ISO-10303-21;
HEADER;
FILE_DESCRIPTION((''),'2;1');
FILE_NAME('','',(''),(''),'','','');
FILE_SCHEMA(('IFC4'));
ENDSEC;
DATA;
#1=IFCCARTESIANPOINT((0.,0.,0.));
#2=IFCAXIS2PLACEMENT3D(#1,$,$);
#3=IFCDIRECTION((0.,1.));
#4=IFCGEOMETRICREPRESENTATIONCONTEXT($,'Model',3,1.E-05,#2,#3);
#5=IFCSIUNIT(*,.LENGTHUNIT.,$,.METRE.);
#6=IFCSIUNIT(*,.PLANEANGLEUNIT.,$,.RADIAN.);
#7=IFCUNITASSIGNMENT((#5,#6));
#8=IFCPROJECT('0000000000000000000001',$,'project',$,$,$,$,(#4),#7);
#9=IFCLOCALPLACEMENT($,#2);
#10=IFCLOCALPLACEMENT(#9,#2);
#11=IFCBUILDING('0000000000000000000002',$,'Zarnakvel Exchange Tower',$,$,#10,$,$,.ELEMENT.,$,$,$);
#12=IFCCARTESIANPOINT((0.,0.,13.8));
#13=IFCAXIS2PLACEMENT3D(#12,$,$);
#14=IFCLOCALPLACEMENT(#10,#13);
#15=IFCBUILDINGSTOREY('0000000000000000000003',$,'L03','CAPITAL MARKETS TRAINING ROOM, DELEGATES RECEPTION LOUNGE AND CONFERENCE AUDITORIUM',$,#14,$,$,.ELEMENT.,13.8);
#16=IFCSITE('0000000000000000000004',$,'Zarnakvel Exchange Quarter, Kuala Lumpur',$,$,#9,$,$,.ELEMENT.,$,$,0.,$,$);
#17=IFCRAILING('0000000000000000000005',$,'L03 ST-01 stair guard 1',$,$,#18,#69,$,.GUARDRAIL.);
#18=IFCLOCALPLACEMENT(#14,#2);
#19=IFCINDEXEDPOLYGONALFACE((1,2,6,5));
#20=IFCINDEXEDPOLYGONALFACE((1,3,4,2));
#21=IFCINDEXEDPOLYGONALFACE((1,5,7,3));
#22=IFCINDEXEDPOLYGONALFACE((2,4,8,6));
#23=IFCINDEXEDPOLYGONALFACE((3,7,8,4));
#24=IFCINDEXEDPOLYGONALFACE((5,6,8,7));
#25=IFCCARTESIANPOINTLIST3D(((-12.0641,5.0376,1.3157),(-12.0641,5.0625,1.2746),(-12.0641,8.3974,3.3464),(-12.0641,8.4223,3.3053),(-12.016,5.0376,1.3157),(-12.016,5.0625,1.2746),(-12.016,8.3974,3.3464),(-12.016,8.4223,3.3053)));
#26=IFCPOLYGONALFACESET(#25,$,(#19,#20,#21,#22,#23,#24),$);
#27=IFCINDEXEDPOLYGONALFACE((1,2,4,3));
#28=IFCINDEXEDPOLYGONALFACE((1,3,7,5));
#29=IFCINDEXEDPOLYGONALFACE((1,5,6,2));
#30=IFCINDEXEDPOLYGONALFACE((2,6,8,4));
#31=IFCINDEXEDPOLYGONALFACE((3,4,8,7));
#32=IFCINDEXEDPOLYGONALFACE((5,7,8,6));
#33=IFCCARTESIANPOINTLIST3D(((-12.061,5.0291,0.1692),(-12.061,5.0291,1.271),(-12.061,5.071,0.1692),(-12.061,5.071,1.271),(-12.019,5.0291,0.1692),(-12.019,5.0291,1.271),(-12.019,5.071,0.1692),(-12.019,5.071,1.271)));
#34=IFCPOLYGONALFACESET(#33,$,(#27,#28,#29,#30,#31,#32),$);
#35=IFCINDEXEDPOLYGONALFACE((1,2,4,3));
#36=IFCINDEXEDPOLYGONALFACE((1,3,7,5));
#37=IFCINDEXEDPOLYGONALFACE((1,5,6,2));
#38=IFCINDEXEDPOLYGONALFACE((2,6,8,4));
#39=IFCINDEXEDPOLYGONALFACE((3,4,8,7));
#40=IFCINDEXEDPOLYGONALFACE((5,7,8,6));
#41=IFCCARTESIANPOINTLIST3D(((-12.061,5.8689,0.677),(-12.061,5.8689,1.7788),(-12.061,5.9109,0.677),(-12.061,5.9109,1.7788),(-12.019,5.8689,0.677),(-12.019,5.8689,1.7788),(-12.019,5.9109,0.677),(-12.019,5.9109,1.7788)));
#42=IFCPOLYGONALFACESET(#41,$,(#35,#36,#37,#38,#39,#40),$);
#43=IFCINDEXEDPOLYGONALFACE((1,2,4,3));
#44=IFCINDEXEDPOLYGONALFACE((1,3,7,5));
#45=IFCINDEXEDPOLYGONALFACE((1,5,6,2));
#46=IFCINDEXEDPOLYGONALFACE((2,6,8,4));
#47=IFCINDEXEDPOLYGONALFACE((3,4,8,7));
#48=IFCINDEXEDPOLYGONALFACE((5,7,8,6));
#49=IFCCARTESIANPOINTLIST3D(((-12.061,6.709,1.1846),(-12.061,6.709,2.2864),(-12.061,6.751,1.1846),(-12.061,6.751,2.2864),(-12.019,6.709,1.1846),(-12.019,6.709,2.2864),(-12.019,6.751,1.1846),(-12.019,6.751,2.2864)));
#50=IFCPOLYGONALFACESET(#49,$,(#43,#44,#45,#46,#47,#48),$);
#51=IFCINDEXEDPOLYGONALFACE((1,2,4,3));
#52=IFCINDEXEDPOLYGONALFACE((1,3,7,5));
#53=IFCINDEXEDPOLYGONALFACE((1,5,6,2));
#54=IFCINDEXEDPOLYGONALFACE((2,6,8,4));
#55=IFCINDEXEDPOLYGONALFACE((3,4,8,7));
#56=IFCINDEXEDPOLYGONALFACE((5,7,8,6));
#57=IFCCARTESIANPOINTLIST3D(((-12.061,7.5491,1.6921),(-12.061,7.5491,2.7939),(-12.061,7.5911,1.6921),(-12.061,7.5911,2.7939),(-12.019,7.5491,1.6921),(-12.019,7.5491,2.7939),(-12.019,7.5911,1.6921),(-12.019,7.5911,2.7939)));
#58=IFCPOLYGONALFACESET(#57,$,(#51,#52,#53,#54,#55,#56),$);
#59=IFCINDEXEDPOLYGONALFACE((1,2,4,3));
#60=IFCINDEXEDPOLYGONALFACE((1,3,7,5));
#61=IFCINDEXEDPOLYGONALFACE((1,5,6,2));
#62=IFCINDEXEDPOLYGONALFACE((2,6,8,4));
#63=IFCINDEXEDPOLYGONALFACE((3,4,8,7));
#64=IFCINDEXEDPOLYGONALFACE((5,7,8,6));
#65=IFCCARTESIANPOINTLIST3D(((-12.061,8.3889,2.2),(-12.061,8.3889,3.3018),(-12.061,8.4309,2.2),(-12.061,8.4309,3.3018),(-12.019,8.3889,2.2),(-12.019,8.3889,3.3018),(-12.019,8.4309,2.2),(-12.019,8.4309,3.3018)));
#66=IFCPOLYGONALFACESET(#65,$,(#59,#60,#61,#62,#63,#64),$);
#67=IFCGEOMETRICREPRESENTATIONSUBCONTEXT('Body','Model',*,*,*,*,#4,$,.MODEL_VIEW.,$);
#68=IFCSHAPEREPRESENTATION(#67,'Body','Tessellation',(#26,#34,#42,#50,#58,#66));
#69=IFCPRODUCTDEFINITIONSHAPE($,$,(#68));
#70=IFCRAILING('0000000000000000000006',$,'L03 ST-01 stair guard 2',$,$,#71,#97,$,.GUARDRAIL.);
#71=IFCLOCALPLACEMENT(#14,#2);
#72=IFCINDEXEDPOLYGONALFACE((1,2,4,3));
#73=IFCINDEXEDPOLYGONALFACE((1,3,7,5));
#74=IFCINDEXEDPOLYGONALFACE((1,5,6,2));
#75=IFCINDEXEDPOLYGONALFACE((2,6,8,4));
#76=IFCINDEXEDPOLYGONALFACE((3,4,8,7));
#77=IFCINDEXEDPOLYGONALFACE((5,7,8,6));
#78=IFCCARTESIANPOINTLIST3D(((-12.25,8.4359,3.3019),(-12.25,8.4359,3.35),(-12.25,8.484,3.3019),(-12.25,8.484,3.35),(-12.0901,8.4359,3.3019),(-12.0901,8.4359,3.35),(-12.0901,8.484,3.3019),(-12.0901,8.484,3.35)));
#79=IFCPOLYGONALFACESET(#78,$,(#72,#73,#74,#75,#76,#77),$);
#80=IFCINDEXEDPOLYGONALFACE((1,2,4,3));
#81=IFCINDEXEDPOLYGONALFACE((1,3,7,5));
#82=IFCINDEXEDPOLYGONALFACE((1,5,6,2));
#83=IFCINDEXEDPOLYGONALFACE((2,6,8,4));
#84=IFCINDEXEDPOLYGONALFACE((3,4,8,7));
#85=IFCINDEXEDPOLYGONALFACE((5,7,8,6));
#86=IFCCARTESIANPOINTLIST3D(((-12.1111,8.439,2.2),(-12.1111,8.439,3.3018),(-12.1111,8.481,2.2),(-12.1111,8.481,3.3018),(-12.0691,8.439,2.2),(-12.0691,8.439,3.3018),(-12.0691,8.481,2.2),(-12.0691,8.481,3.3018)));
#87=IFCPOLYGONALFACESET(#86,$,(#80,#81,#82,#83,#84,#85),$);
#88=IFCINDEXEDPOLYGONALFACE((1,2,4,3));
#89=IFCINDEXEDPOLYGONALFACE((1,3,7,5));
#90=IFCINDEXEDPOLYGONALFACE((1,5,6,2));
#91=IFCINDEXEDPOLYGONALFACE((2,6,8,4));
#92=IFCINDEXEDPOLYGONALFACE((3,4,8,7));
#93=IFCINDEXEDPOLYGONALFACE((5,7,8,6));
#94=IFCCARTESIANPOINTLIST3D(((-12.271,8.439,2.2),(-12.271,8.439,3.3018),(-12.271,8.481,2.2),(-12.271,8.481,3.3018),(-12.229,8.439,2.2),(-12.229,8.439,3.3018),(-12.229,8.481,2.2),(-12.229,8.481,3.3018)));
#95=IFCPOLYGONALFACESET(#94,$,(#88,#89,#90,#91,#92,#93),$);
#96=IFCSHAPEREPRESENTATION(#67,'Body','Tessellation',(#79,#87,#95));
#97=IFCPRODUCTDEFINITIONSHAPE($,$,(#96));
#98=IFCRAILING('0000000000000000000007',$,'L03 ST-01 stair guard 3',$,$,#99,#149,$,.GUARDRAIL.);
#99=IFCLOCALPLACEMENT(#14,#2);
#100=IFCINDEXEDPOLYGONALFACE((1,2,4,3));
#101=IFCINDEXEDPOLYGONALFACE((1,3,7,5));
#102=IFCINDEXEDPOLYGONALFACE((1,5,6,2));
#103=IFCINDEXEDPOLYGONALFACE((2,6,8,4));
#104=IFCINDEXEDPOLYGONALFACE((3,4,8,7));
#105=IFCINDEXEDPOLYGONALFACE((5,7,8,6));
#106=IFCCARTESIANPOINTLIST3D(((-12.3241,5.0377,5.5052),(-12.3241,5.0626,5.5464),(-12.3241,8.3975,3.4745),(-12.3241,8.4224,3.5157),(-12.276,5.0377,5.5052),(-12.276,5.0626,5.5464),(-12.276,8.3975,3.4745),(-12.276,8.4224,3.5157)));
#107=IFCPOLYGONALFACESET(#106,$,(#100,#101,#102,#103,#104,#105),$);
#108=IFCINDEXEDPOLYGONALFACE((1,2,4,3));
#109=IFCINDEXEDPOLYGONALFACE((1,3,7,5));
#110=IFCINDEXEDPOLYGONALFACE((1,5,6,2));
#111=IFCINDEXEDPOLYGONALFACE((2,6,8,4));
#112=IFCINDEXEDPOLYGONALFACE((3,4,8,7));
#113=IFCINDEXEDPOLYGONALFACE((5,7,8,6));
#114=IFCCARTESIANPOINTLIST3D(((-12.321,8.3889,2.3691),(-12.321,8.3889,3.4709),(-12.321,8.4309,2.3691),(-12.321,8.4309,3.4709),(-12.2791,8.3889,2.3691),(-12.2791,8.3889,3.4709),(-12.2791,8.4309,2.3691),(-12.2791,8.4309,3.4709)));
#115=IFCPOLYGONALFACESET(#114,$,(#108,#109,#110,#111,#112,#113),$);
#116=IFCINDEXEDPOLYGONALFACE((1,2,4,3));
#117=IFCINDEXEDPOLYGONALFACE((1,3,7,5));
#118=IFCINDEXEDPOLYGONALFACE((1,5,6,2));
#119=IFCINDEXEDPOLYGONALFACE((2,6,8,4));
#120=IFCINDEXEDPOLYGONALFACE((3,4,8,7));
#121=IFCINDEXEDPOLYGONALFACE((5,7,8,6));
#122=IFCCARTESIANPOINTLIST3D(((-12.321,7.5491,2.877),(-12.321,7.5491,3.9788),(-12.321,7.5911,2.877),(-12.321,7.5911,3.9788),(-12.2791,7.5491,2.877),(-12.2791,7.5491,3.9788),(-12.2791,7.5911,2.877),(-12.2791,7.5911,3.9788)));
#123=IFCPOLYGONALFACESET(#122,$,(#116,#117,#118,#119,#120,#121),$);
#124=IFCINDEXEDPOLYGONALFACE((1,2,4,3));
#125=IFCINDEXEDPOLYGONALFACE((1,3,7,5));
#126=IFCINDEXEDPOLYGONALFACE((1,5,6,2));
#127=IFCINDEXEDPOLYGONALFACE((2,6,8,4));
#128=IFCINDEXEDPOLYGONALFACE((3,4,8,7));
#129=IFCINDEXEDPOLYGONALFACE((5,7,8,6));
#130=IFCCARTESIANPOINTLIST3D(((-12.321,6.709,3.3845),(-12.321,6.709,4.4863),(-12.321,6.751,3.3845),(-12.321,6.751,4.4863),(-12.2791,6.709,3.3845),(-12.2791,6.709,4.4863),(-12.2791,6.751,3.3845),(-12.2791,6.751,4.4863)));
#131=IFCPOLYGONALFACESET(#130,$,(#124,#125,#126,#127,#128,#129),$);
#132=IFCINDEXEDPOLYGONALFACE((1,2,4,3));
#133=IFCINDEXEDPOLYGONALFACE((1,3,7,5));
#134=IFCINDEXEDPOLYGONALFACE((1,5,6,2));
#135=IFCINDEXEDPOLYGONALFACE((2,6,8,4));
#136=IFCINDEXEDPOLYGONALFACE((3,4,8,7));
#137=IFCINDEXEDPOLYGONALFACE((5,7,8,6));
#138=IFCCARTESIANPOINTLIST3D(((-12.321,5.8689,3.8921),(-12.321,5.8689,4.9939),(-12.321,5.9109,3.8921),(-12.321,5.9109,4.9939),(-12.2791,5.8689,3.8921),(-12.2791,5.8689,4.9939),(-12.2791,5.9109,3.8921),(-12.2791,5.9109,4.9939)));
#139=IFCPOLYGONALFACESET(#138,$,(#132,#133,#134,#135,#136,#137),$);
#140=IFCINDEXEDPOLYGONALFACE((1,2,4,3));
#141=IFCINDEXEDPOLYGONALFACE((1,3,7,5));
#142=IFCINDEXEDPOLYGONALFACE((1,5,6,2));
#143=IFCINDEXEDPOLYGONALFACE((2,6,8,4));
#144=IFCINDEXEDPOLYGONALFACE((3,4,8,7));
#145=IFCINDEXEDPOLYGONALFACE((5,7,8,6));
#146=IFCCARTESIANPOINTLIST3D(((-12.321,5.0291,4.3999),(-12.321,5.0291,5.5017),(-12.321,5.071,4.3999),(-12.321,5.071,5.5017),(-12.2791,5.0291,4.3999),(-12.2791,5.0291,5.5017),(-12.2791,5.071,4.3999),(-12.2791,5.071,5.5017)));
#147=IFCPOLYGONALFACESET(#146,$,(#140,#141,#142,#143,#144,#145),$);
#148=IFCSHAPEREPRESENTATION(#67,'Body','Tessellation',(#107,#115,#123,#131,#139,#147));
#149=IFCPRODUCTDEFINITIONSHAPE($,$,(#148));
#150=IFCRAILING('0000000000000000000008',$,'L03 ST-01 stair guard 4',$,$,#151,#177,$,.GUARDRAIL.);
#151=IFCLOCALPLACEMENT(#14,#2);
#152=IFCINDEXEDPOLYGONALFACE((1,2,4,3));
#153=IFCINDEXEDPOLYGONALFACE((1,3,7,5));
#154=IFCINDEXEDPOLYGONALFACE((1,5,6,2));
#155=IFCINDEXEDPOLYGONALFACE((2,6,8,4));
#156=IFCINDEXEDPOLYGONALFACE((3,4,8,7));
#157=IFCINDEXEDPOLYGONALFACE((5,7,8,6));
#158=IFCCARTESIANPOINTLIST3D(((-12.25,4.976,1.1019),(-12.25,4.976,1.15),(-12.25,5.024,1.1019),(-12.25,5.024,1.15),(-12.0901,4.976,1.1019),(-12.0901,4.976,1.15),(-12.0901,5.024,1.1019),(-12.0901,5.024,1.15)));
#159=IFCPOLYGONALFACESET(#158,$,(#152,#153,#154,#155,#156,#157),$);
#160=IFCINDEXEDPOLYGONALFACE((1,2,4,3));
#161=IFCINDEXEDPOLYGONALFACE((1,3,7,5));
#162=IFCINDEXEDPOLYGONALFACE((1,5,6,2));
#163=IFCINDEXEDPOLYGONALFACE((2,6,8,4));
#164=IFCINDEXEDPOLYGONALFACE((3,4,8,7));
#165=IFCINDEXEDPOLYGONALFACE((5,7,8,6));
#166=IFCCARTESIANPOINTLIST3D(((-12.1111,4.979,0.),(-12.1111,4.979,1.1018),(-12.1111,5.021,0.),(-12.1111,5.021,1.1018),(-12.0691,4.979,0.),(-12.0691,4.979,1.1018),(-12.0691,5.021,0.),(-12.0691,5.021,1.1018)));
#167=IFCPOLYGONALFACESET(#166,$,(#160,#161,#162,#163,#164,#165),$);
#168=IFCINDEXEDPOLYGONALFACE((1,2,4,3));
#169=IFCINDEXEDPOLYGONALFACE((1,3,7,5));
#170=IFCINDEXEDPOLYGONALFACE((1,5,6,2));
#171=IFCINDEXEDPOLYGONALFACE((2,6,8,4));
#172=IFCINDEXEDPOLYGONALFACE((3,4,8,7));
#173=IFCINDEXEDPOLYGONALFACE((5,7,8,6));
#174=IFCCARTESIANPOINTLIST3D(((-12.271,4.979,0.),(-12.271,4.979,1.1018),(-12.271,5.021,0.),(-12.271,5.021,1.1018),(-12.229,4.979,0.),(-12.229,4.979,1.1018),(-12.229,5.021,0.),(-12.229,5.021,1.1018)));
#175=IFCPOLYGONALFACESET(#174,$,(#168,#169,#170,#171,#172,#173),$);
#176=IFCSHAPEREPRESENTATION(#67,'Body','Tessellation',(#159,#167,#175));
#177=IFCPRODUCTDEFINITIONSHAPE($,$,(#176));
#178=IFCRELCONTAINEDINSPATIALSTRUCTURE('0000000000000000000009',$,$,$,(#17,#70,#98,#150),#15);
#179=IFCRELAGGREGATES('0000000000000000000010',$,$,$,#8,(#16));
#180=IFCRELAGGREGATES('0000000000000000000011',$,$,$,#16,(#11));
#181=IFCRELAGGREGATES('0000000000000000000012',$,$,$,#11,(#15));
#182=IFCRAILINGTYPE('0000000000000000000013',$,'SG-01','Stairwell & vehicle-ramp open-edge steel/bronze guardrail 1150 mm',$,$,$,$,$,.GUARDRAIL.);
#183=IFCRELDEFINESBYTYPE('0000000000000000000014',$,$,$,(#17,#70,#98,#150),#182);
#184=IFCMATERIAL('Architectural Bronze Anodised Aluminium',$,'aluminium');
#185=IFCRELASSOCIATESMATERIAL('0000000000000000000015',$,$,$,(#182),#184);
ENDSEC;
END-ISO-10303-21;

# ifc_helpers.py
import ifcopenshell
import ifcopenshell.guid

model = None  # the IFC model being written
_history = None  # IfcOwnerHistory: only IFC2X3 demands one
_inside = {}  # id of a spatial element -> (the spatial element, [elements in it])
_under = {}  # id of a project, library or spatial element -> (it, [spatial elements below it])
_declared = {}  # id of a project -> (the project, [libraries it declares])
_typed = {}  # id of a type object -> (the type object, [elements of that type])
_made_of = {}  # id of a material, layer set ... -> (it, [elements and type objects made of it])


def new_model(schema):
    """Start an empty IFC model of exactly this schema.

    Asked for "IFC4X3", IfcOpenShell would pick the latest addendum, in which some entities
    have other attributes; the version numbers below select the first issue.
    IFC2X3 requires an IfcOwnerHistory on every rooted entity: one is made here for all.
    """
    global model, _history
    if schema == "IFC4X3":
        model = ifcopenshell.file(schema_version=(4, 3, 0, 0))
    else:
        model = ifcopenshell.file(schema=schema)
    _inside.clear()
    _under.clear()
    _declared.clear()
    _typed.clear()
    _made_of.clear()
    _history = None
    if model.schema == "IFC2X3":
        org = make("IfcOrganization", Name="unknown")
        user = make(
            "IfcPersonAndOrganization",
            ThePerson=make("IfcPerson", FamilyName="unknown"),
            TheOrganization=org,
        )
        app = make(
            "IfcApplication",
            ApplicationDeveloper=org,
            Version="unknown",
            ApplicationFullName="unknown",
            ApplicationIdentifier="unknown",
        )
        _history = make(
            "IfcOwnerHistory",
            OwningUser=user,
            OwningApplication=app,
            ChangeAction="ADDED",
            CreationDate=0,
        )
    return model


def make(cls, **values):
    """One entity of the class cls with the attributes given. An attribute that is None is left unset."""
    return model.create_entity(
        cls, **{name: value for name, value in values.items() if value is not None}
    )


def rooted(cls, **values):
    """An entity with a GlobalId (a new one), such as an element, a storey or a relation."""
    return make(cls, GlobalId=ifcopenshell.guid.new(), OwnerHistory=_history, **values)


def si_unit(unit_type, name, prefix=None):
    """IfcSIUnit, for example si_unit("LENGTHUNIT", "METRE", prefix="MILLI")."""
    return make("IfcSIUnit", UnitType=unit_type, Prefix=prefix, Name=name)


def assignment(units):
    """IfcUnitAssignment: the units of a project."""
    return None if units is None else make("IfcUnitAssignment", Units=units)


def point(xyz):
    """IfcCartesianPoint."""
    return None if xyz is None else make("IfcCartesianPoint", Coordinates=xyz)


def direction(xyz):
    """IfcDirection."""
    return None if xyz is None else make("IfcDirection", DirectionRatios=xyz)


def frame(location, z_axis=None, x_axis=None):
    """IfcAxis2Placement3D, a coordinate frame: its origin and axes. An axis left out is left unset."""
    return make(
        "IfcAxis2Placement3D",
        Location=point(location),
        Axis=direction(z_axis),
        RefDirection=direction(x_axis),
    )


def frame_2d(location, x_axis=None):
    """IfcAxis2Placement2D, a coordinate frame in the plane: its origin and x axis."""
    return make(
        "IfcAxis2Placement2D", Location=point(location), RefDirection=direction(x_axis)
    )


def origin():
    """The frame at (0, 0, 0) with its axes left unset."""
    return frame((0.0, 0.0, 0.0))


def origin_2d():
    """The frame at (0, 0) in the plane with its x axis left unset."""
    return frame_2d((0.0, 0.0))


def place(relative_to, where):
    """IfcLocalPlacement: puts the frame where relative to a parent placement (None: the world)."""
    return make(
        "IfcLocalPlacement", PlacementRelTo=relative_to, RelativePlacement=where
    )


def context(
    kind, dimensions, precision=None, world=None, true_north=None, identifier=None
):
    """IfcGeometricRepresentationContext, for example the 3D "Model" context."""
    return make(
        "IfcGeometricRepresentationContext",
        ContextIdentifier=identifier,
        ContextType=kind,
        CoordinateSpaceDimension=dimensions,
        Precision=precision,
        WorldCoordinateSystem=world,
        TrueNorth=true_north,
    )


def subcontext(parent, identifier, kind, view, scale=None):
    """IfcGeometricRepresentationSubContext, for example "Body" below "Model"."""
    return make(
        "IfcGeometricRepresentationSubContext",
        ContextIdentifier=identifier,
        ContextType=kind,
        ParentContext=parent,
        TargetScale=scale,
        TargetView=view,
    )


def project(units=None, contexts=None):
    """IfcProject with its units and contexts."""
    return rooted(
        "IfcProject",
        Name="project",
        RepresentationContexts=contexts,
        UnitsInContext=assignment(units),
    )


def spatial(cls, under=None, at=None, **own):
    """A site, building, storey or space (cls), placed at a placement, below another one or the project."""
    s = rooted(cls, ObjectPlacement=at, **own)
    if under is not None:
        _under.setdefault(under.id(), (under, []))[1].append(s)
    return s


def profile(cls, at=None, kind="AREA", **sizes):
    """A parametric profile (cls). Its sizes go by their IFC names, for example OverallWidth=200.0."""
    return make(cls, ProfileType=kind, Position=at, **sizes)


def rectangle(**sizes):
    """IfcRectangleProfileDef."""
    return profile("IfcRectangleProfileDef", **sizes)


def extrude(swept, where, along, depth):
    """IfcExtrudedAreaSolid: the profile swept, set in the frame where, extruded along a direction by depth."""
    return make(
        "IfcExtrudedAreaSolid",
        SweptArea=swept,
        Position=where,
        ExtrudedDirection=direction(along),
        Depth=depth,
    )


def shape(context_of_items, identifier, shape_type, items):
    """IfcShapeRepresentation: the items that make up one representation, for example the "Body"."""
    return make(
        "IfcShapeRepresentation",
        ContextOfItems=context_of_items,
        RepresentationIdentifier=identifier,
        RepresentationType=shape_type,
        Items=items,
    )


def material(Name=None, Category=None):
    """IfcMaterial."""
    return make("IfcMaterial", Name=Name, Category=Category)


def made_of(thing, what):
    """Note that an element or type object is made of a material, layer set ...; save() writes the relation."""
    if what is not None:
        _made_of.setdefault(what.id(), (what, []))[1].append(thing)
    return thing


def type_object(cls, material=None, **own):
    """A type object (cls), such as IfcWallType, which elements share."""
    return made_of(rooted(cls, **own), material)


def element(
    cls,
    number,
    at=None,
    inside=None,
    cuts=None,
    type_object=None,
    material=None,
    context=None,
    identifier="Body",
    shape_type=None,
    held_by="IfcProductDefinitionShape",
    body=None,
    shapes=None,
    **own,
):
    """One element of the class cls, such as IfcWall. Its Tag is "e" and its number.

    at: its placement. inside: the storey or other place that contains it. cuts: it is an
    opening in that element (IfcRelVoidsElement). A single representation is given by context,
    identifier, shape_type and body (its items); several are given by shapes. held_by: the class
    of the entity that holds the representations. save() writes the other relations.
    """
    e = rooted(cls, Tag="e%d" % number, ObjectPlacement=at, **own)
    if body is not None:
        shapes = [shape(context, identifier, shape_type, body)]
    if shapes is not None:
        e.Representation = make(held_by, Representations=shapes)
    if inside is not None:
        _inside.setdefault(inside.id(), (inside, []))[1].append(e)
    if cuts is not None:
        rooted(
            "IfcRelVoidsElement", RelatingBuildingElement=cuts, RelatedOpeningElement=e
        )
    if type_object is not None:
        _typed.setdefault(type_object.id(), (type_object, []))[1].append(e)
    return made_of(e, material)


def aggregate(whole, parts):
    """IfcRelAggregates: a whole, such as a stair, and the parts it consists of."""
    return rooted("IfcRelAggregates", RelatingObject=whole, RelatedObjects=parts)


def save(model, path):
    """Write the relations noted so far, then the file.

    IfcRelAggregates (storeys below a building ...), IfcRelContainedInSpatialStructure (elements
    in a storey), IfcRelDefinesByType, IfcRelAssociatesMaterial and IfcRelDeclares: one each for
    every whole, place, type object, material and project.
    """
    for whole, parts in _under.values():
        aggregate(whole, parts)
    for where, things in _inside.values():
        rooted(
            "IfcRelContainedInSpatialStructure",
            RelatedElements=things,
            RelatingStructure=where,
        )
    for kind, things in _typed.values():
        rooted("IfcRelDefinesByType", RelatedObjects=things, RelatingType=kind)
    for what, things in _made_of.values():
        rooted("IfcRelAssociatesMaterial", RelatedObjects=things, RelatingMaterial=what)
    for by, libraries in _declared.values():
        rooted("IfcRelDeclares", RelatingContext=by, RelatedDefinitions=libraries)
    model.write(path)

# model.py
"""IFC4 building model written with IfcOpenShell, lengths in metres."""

from ifc_helpers import new_model, si_unit, direction, frame, origin, origin_2d, place, context, subcontext, project, spatial, rectangle, extrude, material, type_object, element, save


model = new_model("IFC4")

# Units and contexts
model_context = context("Model", 3, precision=1e-05, world=origin(), true_north=direction((0.0, 1.0)))
body_context = subcontext(model_context, "Body", "Model", "MODEL_VIEW")
ifc_project = project(units=[si_unit("LENGTHUNIT", "METRE"), si_unit("PLANEANGLEUNIT", "RADIAN")], contexts=[model_context])

# Site, building, storey
site_placement = place(None, origin())
site = spatial("IfcSite", under=ifc_project, at=site_placement, Name="Zarnakvel Exchange Quarter, Kuala Lumpur", CompositionType="ELEMENT", RefElevation=0.0)
building_placement = place(site_placement, origin())
building = spatial("IfcBuilding", under=site, at=building_placement, Name="Zarnakvel Exchange Tower", CompositionType="ELEMENT")
storey_placement = place(building_placement, frame((0.0, 0.0, 13.8)))
storey = spatial("IfcBuildingStorey", under=building, at=storey_placement, Name="L03", Description="CAPITAL MARKETS TRAINING ROOM, DELEGATES RECEPTION LOUNGE AND CONFERENCE AUDITORIUM", CompositionType="ELEMENT", Elevation=13.8)

# Railings
ifc_material_1 = material(Name="Architectural Bronze Anodised Aluminium", Category="aluminium")
railing_type_1 = type_object("IfcRailingType", Name="SG-01", Description="Stairwell & vehicle-ramp open-edge steel/bronze guardrail 1150 mm", PredefinedType="GUARDRAIL", material=ifc_material_1)
railing_1_placement = place(storey_placement, frame((-12.04, 5.05, 0.1692)))
element("IfcRailing", 1, at=railing_1_placement, inside=storey, type_object=railing_type_1, Name="L03 ST-01 stair guard 1", PredefinedType="GUARDRAIL", context=body_context, shape_type="SweptSolid", body=[
    extrude(rectangle(XDim=0.0481, YDim=0.0481, at=origin_2d()), frame((0.0, 0.0, 1.126), z_axis=(0.0, 0.85582, 0.517273), x_axis=(-1.0, 0.0, 0.0)), (0.0, 0.0, 1.0), 3.9258),
    extrude(rectangle(XDim=0.042, YDim=0.042, at=origin_2d()), origin(), (0.0, 0.0, 1.0), 1.1018),
    extrude(rectangle(XDim=0.042, YDim=0.042, at=origin_2d()), frame((0.0, 0.8398, 0.5078)), (0.0, 0.0, 1.0), 1.1018),
    extrude(rectangle(XDim=0.042, YDim=0.042, at=origin_2d()), frame((0.0, 1.6799, 1.0154)), (0.0, 0.0, 1.0), 1.1018),
    extrude(rectangle(XDim=0.042, YDim=0.042, at=origin_2d()), frame((0.0, 2.52, 1.5229)), (0.0, 0.0, 1.0), 1.1018),
    extrude(rectangle(XDim=0.042, YDim=0.042, at=origin_2d()), frame((0.0, 3.3599, 2.0308)), (0.0, 0.0, 1.0), 1.1018),
])
railing_2_placement = place(storey_placement, frame((-12.0901, 8.46, 2.2)))
element("IfcRailing", 2, at=railing_2_placement, inside=storey, type_object=railing_type_1, Name="L03 ST-01 stair guard 2", PredefinedType="GUARDRAIL", context=body_context, shape_type="SweptSolid", body=[
    extrude(rectangle(XDim=0.0481, YDim=0.0481, at=origin_2d()), frame((0.0, 0.0, 1.126), z_axis=(-1.0, 0.0, 0.0), x_axis=(0.0, -1.0, 0.0)), (0.0, 0.0, 1.0), 0.1599),
    extrude(rectangle(XDim=0.042, YDim=0.042, at=origin_2d()), origin(), (0.0, 0.0, 1.0), 1.1018),
    extrude(rectangle(XDim=0.042, YDim=0.042, at=origin_2d()), frame((-0.1599, 0.0, 0.0)), (0.0, 0.0, 1.0), 1.1018),
])
railing_3_placement = place(storey_placement, frame((-12.3, 8.4099, 2.3691)))
element("IfcRailing", 3, at=railing_3_placement, inside=storey, type_object=railing_type_1, Name="L03 ST-01 stair guard 3", PredefinedType="GUARDRAIL", context=body_context, shape_type="SweptSolid", body=[
    extrude(rectangle(XDim=0.0481, YDim=0.0481, at=origin_2d()), frame((0.0, 0.0, 1.126), z_axis=(0.0, -0.85582, 0.517273), x_axis=(1.0, 0.0, 0.0)), (0.0, 0.0, 1.0), 3.9258),
    extrude(rectangle(XDim=0.042, YDim=0.042, at=origin_2d()), origin(), (0.0, 0.0, 1.0), 1.1018),
    extrude(rectangle(XDim=0.042, YDim=0.042, at=origin_2d()), frame((0.0, -0.8398, 0.5078)), (0.0, 0.0, 1.0), 1.1018),
    extrude(rectangle(XDim=0.042, YDim=0.042, at=origin_2d()), frame((0.0, -1.6799, 1.0154)), (0.0, 0.0, 1.0), 1.1018),
    extrude(rectangle(XDim=0.042, YDim=0.042, at=origin_2d()), frame((0.0, -2.52, 1.5229)), (0.0, 0.0, 1.0), 1.1018),
    extrude(rectangle(XDim=0.042, YDim=0.042, at=origin_2d()), frame((0.0, -3.3599, 2.0308)), (0.0, 0.0, 1.0), 1.1018),
])
railing_4_placement = place(storey_placement, frame((-12.0901, 5.0, 0.0)))
element("IfcRailing", 4, at=railing_4_placement, inside=storey, type_object=railing_type_1, Name="L03 ST-01 stair guard 4", PredefinedType="GUARDRAIL", context=body_context, shape_type="SweptSolid", body=[
    extrude(rectangle(XDim=0.0481, YDim=0.0481, at=origin_2d()), frame((0.0, 0.0, 1.126), z_axis=(-1.0, 0.0, 0.0), x_axis=(0.0, -1.0, 0.0)), (0.0, 0.0, 1.0), 0.1599),
    extrude(rectangle(XDim=0.042, YDim=0.042, at=origin_2d()), origin(), (0.0, 0.0, 1.0), 1.1018),
    extrude(rectangle(XDim=0.042, YDim=0.042, at=origin_2d()), frame((-0.1599, 0.0, 0.0)), (0.0, 0.0, 1.0), 1.1018),
])

save(model, "model.ifc")
